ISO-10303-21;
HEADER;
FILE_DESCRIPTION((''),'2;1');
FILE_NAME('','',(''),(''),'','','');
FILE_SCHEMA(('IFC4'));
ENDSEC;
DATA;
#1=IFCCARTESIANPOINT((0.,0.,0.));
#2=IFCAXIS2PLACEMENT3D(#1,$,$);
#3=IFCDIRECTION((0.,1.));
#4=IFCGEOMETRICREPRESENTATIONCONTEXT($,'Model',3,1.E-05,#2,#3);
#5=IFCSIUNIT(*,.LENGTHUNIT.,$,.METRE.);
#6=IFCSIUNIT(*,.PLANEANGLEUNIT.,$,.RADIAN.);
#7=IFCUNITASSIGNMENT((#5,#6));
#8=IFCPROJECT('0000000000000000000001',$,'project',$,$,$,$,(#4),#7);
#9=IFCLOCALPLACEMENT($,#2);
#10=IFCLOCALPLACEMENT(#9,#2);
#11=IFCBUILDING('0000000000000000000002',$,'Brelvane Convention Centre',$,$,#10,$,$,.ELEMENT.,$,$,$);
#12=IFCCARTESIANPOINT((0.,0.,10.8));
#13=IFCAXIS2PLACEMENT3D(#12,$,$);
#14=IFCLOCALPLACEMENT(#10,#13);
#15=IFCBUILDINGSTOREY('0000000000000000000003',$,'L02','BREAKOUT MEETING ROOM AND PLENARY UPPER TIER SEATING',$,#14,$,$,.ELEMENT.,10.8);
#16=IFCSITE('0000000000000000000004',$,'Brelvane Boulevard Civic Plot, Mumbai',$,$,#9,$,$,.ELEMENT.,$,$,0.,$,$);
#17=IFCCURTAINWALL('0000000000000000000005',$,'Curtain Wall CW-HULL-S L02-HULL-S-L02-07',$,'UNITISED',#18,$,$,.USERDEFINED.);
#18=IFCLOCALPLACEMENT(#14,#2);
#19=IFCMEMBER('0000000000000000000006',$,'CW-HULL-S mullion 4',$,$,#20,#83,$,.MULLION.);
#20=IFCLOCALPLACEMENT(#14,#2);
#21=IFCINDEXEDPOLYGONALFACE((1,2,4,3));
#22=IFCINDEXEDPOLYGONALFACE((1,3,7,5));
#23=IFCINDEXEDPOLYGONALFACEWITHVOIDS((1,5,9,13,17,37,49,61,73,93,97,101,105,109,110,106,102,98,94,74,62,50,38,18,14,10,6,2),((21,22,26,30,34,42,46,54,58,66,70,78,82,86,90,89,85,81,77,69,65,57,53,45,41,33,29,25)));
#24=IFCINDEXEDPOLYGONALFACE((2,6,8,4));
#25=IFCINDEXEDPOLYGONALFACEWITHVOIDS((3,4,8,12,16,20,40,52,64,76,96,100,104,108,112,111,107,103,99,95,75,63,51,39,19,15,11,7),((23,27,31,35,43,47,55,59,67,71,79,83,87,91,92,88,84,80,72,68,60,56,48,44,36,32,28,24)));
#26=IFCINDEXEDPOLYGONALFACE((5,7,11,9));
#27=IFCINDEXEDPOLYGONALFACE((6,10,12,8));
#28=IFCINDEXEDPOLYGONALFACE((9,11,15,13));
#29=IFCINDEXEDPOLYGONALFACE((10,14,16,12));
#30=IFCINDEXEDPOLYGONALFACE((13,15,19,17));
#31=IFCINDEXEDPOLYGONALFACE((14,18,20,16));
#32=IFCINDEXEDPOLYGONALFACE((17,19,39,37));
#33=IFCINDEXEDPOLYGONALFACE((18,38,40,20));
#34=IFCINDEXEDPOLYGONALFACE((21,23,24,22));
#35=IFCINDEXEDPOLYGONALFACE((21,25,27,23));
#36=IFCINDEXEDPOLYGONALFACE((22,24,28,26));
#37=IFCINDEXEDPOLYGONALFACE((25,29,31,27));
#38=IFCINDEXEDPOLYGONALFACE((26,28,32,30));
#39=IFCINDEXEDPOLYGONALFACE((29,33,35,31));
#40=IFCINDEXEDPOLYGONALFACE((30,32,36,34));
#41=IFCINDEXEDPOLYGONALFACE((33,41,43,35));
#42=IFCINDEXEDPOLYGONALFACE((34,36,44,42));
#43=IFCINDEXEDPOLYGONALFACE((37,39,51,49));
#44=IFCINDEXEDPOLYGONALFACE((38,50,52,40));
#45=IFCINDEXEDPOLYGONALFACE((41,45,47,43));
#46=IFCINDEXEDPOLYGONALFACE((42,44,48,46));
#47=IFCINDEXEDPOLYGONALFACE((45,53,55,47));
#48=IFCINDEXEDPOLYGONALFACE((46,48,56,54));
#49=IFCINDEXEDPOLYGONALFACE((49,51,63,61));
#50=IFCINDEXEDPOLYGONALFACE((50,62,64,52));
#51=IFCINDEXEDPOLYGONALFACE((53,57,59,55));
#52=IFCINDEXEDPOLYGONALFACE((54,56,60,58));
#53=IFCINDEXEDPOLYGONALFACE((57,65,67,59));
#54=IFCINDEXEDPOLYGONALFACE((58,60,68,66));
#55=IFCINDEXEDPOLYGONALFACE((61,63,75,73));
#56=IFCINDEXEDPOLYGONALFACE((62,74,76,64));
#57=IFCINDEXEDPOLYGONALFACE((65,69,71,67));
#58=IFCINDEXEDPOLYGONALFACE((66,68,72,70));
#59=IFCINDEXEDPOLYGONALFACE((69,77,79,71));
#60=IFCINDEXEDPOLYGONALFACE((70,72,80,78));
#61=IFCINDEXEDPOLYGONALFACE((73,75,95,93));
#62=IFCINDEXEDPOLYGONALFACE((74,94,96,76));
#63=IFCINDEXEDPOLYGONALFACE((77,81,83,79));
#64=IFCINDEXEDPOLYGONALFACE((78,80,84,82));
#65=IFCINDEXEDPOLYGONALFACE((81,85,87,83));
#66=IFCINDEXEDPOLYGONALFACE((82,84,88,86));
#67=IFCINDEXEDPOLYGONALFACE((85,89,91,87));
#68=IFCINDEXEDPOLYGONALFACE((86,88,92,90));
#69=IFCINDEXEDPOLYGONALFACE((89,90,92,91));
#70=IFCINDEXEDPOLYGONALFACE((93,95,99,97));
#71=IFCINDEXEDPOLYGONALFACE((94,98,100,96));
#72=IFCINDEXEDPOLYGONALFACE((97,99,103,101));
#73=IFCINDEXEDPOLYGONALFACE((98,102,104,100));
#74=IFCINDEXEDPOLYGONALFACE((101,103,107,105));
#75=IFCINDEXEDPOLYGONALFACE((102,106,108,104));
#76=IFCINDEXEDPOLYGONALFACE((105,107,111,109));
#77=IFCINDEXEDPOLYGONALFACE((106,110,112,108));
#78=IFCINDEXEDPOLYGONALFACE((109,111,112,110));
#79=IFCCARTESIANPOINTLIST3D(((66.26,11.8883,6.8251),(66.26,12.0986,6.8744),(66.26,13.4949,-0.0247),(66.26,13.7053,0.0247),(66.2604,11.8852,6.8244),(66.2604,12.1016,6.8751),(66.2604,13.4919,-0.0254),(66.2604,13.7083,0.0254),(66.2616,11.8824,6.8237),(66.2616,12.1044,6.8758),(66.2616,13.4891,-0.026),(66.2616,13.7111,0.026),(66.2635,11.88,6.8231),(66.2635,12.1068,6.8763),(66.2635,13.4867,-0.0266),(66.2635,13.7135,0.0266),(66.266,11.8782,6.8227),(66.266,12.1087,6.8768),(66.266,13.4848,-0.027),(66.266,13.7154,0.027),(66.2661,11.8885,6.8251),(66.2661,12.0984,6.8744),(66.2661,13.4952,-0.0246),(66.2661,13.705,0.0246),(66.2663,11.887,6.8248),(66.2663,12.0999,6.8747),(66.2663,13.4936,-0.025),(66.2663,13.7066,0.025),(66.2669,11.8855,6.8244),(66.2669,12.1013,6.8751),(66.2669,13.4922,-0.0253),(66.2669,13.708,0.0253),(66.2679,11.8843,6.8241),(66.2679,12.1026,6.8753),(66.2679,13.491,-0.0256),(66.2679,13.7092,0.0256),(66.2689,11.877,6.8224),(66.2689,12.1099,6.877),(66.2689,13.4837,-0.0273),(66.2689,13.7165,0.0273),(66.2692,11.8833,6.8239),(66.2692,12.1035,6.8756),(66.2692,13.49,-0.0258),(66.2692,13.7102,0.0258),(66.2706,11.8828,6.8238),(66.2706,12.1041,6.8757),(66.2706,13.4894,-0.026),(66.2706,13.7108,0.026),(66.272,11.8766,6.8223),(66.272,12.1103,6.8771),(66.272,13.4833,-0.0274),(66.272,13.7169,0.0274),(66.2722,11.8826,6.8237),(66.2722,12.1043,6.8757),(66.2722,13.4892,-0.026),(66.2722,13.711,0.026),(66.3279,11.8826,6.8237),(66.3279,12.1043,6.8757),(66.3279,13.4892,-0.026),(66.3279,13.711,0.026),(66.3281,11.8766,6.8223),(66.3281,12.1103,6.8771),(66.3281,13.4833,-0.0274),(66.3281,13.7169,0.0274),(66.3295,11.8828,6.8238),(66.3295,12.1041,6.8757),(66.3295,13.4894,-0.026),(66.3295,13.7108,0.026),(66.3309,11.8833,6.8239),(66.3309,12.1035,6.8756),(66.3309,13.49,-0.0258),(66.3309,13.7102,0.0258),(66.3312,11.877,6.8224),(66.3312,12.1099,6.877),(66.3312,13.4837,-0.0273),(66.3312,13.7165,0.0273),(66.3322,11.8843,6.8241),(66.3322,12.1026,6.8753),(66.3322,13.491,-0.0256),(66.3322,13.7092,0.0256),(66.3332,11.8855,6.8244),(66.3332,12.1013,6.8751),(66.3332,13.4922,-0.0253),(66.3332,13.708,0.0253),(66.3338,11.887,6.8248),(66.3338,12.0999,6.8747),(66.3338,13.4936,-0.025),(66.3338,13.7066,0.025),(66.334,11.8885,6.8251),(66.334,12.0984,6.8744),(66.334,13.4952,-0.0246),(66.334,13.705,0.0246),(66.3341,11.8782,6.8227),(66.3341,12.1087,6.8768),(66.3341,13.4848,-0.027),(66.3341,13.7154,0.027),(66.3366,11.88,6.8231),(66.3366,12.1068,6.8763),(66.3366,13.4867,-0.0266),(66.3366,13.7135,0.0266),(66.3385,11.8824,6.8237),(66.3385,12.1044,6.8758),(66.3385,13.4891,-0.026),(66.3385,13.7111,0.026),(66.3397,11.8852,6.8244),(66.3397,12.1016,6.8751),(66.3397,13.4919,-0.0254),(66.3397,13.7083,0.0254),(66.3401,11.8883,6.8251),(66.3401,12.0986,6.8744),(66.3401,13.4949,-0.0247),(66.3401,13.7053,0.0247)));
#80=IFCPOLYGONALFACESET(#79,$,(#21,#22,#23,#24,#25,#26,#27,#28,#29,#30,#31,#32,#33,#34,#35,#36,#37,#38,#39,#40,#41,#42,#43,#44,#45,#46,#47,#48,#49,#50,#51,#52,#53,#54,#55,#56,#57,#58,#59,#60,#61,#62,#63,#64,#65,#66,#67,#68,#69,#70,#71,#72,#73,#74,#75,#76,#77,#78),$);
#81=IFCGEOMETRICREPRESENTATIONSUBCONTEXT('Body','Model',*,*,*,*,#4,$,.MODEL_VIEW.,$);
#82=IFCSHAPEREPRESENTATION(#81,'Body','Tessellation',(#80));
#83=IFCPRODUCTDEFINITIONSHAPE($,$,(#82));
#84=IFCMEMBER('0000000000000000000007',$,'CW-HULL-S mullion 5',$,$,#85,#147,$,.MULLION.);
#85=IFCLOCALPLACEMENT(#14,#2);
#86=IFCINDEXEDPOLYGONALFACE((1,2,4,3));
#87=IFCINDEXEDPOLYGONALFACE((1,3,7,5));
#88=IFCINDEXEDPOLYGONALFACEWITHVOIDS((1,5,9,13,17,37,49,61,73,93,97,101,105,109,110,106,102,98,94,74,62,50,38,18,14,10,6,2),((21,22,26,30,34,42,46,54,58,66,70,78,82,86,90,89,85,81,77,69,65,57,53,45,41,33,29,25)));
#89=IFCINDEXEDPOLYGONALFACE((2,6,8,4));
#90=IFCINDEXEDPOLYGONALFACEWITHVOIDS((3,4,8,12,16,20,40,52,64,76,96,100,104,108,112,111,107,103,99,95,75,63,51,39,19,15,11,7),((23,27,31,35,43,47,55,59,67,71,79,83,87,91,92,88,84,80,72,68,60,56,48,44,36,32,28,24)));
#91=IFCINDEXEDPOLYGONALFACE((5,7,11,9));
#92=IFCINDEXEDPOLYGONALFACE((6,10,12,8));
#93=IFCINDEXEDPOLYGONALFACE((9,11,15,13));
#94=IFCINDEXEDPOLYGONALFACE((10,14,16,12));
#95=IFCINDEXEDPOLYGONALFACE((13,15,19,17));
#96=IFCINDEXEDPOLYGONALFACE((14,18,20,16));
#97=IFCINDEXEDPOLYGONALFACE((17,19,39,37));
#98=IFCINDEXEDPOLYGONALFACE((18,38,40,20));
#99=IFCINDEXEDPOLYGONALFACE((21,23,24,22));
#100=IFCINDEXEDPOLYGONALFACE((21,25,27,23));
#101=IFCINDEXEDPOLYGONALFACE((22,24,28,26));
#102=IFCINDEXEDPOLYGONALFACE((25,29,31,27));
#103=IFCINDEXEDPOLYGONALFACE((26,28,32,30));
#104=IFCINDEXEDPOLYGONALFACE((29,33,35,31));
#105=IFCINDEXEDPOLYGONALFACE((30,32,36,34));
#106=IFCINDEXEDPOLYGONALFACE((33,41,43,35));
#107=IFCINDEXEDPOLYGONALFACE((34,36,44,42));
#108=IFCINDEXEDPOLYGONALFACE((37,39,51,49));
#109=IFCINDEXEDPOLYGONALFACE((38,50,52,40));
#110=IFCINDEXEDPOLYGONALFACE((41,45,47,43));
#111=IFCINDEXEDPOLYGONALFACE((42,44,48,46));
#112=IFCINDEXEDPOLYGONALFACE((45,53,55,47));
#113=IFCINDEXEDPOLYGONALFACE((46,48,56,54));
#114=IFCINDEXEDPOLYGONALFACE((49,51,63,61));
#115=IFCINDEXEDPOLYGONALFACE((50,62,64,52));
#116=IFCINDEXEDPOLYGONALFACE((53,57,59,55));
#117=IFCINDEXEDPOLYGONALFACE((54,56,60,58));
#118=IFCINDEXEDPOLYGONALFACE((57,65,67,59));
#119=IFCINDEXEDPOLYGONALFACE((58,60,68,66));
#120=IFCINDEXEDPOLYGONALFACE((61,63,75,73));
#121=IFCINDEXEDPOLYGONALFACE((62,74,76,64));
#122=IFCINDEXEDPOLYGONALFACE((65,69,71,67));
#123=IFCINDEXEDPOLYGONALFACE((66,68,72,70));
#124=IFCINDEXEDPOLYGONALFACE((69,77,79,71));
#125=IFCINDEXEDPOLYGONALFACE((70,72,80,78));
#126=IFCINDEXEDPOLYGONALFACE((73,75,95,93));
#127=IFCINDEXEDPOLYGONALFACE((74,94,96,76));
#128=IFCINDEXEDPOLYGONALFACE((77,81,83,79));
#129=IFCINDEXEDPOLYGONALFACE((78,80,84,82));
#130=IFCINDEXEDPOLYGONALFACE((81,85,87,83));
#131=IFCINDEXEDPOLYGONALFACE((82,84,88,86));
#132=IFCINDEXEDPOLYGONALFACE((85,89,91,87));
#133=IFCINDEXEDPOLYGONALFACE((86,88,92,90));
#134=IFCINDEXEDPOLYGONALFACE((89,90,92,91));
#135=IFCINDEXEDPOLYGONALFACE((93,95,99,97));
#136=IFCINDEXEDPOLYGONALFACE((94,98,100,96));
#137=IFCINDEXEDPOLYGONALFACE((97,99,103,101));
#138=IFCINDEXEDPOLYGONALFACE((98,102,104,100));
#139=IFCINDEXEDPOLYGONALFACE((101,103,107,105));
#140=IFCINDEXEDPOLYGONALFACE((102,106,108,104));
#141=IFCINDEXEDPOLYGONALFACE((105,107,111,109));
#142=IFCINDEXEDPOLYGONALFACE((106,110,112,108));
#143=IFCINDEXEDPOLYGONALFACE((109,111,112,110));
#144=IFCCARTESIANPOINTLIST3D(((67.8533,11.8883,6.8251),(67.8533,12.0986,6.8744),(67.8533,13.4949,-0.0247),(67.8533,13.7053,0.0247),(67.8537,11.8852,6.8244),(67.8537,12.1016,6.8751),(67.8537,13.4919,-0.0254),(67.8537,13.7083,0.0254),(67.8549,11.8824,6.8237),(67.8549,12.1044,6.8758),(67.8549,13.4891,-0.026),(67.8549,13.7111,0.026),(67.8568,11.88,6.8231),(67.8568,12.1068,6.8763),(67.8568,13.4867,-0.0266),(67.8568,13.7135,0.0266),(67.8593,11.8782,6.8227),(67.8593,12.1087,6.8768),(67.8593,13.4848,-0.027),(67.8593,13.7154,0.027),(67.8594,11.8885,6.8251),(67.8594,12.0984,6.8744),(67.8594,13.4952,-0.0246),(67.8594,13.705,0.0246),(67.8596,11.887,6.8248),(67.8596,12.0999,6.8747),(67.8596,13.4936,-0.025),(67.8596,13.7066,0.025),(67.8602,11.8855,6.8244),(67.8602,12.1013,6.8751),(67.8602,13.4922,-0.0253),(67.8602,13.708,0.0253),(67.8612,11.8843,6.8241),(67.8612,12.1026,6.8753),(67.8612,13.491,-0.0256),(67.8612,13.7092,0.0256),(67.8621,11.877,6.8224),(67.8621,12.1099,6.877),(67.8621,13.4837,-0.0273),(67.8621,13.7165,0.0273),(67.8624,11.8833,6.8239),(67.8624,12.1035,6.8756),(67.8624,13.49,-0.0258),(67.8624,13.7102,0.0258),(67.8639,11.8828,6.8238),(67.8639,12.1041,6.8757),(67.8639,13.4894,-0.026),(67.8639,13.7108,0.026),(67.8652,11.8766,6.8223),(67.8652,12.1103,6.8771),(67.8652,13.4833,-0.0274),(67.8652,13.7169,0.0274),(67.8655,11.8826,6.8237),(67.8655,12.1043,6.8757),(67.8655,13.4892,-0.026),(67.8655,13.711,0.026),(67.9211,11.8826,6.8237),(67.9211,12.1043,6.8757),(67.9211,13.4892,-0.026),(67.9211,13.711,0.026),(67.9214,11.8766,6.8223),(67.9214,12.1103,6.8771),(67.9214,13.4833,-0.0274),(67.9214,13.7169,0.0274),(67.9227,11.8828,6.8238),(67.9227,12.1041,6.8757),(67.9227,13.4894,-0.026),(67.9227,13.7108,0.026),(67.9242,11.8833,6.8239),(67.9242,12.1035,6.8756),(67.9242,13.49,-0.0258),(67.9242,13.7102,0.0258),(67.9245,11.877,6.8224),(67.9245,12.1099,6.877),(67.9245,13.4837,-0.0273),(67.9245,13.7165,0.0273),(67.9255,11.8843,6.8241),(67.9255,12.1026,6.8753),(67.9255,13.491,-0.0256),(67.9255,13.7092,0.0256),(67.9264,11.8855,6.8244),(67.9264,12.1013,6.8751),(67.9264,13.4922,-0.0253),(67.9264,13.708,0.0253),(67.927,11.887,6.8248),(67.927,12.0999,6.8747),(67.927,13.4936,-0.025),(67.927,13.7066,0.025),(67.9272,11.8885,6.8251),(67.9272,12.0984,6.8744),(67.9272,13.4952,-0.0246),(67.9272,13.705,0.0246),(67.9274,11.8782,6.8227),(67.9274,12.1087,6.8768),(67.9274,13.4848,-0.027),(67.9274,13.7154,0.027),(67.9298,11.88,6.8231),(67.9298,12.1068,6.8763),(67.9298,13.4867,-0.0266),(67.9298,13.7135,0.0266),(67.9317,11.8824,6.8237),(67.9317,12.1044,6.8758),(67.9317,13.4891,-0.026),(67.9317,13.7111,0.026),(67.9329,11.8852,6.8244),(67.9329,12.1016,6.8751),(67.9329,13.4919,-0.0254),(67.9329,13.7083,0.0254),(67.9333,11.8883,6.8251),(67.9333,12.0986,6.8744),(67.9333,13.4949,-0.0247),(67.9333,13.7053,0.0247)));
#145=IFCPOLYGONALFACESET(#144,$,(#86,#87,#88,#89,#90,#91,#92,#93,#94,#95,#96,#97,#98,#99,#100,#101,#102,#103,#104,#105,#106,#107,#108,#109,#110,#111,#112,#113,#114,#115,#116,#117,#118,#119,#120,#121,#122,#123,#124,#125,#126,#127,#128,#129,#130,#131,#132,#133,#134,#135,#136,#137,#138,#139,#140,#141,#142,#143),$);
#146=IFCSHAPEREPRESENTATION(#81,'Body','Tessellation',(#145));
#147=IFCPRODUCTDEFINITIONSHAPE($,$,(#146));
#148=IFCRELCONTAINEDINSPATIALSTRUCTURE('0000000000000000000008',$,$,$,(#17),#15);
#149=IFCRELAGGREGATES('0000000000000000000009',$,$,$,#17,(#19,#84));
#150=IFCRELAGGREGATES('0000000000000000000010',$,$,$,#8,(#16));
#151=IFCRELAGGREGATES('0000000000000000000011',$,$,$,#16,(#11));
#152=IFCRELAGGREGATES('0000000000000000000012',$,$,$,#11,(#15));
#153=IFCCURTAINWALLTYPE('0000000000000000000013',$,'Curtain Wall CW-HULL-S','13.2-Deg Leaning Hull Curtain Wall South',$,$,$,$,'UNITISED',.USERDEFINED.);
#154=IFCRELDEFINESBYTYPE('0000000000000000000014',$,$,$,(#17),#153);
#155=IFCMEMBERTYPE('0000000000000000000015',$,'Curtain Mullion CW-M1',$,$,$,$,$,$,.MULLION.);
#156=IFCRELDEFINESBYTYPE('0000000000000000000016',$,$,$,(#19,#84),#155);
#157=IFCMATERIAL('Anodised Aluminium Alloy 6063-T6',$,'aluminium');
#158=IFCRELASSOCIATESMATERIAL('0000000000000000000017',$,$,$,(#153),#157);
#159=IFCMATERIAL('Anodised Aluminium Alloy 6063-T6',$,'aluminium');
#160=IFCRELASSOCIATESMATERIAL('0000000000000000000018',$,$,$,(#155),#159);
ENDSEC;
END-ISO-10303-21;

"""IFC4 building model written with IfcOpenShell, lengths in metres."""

from ifc_helpers import new_model, si_unit, direction, frame, origin, origin_2d, place, context, subcontext, project, spatial, hollow_rectangle, extrude, material, material_profile, profile_set, type_object, element, aggregate, save


model = new_model("IFC4")

# Units and contexts
model_context = context("Model", 3, precision=1e-05, world=origin(), true_north=direction((0.0, 1.0)))
body_context = subcontext(model_context, "Body", "Model", "MODEL_VIEW")
ifc_project = project(units=[si_unit("LENGTHUNIT", "METRE"), si_unit("PLANEANGLEUNIT", "RADIAN")], contexts=[model_context])

# Site, building, storey
site_placement = place(None, origin())
site = spatial("IfcSite", under=ifc_project, at=site_placement, Name="Brelvane Boulevard Civic Plot, Mumbai", CompositionType="ELEMENT", RefElevation=0.0)
building_placement = place(site_placement, origin())
building = spatial("IfcBuilding", under=site, at=building_placement, Name="Brelvane Convention Centre", CompositionType="ELEMENT")
storey_placement = place(building_placement, frame((0.0, 0.0, 10.8)))
storey = spatial("IfcBuildingStorey", under=building, at=storey_placement, Name="L02", Description="BREAKOUT MEETING ROOM AND PLENARY UPPER TIER SEATING", CompositionType="ELEMENT", Elevation=10.8)

# Curtain wall, members
ifc_material_1 = material(Name="Anodised Aluminium Alloy 6063-T6", Category="aluminium")
curtain_wall_type = type_object("IfcCurtainWallType", Name="Curtain Wall CW-HULL-S", Description="13.2-Deg Leaning Hull Curtain Wall South", ElementType="UNITISED", PredefinedType="USERDEFINED", material=ifc_material_1)
curtain_wall_1_placement = place(storey_placement, origin())
curtain_wall_1 = element("IfcCurtainWall", 1, at=curtain_wall_1_placement, inside=storey, type_object=curtain_wall_type, Name="Curtain Wall CW-HULL-S L02-HULL-S-L02-07", ObjectType="UNITISED", PredefinedType="USERDEFINED")
ifc_material_2 = material(Name="Anodised Aluminium Alloy 6063-T6", Category="aluminium")
ifc_material_profile_1 = material_profile(ifc_material_2, hollow_rectangle(XDim=0.0801, YDim=0.24, WallThickness=0.0061, InnerFilletRadius=0.0061, OuterFilletRadius=0.012, at=origin_2d()), Name="ALU-M 240x80x6.0")
ifc_profile_set_1 = profile_set([ifc_material_profile_1], Name="Anodised Aluminium Alloy 6063-T6")
member_type_1 = type_object("IfcMemberType", Name="Curtain Mullion CW-M1", PredefinedType="MULLION", material=ifc_profile_set_1)
member_1_placement = place(storey_placement, frame((66.3, 13.6001, 0.0), z_axis=(0.0, -0.22836, 0.973577), x_axis=(1.0, 0.0, 0.0)))
member_1 = element("IfcMember", 2, at=member_1_placement, type_object=member_type_1, Name="CW-HULL-S mullion 4", PredefinedType="MULLION", context=body_context, shape_type="SweptSolid", body=[
    extrude(hollow_rectangle(XDim=0.0801, YDim=0.24, WallThickness=0.0061, InnerFilletRadius=0.0061, OuterFilletRadius=0.012, at=origin_2d()), origin(), (0.0, 0.0, 1.0), 7.0356),
])
member_2_placement = place(storey_placement, frame((67.8933, 13.6001, 0.0), z_axis=(0.0, -0.22836, 0.973577), x_axis=(1.0, 0.0, 0.0)))
member_2 = element("IfcMember", 3, at=member_2_placement, type_object=member_type_1, Name="CW-HULL-S mullion 5", PredefinedType="MULLION", context=body_context, shape_type="SweptSolid", body=[
    extrude(hollow_rectangle(XDim=0.0801, YDim=0.24, WallThickness=0.0061, InnerFilletRadius=0.0061, OuterFilletRadius=0.012, at=origin_2d()), origin(), (0.0, 0.0, 1.0), 7.0356),
])

aggregate(curtain_wall_1, [member_1, member_2])

save(model, "model.ifc")
